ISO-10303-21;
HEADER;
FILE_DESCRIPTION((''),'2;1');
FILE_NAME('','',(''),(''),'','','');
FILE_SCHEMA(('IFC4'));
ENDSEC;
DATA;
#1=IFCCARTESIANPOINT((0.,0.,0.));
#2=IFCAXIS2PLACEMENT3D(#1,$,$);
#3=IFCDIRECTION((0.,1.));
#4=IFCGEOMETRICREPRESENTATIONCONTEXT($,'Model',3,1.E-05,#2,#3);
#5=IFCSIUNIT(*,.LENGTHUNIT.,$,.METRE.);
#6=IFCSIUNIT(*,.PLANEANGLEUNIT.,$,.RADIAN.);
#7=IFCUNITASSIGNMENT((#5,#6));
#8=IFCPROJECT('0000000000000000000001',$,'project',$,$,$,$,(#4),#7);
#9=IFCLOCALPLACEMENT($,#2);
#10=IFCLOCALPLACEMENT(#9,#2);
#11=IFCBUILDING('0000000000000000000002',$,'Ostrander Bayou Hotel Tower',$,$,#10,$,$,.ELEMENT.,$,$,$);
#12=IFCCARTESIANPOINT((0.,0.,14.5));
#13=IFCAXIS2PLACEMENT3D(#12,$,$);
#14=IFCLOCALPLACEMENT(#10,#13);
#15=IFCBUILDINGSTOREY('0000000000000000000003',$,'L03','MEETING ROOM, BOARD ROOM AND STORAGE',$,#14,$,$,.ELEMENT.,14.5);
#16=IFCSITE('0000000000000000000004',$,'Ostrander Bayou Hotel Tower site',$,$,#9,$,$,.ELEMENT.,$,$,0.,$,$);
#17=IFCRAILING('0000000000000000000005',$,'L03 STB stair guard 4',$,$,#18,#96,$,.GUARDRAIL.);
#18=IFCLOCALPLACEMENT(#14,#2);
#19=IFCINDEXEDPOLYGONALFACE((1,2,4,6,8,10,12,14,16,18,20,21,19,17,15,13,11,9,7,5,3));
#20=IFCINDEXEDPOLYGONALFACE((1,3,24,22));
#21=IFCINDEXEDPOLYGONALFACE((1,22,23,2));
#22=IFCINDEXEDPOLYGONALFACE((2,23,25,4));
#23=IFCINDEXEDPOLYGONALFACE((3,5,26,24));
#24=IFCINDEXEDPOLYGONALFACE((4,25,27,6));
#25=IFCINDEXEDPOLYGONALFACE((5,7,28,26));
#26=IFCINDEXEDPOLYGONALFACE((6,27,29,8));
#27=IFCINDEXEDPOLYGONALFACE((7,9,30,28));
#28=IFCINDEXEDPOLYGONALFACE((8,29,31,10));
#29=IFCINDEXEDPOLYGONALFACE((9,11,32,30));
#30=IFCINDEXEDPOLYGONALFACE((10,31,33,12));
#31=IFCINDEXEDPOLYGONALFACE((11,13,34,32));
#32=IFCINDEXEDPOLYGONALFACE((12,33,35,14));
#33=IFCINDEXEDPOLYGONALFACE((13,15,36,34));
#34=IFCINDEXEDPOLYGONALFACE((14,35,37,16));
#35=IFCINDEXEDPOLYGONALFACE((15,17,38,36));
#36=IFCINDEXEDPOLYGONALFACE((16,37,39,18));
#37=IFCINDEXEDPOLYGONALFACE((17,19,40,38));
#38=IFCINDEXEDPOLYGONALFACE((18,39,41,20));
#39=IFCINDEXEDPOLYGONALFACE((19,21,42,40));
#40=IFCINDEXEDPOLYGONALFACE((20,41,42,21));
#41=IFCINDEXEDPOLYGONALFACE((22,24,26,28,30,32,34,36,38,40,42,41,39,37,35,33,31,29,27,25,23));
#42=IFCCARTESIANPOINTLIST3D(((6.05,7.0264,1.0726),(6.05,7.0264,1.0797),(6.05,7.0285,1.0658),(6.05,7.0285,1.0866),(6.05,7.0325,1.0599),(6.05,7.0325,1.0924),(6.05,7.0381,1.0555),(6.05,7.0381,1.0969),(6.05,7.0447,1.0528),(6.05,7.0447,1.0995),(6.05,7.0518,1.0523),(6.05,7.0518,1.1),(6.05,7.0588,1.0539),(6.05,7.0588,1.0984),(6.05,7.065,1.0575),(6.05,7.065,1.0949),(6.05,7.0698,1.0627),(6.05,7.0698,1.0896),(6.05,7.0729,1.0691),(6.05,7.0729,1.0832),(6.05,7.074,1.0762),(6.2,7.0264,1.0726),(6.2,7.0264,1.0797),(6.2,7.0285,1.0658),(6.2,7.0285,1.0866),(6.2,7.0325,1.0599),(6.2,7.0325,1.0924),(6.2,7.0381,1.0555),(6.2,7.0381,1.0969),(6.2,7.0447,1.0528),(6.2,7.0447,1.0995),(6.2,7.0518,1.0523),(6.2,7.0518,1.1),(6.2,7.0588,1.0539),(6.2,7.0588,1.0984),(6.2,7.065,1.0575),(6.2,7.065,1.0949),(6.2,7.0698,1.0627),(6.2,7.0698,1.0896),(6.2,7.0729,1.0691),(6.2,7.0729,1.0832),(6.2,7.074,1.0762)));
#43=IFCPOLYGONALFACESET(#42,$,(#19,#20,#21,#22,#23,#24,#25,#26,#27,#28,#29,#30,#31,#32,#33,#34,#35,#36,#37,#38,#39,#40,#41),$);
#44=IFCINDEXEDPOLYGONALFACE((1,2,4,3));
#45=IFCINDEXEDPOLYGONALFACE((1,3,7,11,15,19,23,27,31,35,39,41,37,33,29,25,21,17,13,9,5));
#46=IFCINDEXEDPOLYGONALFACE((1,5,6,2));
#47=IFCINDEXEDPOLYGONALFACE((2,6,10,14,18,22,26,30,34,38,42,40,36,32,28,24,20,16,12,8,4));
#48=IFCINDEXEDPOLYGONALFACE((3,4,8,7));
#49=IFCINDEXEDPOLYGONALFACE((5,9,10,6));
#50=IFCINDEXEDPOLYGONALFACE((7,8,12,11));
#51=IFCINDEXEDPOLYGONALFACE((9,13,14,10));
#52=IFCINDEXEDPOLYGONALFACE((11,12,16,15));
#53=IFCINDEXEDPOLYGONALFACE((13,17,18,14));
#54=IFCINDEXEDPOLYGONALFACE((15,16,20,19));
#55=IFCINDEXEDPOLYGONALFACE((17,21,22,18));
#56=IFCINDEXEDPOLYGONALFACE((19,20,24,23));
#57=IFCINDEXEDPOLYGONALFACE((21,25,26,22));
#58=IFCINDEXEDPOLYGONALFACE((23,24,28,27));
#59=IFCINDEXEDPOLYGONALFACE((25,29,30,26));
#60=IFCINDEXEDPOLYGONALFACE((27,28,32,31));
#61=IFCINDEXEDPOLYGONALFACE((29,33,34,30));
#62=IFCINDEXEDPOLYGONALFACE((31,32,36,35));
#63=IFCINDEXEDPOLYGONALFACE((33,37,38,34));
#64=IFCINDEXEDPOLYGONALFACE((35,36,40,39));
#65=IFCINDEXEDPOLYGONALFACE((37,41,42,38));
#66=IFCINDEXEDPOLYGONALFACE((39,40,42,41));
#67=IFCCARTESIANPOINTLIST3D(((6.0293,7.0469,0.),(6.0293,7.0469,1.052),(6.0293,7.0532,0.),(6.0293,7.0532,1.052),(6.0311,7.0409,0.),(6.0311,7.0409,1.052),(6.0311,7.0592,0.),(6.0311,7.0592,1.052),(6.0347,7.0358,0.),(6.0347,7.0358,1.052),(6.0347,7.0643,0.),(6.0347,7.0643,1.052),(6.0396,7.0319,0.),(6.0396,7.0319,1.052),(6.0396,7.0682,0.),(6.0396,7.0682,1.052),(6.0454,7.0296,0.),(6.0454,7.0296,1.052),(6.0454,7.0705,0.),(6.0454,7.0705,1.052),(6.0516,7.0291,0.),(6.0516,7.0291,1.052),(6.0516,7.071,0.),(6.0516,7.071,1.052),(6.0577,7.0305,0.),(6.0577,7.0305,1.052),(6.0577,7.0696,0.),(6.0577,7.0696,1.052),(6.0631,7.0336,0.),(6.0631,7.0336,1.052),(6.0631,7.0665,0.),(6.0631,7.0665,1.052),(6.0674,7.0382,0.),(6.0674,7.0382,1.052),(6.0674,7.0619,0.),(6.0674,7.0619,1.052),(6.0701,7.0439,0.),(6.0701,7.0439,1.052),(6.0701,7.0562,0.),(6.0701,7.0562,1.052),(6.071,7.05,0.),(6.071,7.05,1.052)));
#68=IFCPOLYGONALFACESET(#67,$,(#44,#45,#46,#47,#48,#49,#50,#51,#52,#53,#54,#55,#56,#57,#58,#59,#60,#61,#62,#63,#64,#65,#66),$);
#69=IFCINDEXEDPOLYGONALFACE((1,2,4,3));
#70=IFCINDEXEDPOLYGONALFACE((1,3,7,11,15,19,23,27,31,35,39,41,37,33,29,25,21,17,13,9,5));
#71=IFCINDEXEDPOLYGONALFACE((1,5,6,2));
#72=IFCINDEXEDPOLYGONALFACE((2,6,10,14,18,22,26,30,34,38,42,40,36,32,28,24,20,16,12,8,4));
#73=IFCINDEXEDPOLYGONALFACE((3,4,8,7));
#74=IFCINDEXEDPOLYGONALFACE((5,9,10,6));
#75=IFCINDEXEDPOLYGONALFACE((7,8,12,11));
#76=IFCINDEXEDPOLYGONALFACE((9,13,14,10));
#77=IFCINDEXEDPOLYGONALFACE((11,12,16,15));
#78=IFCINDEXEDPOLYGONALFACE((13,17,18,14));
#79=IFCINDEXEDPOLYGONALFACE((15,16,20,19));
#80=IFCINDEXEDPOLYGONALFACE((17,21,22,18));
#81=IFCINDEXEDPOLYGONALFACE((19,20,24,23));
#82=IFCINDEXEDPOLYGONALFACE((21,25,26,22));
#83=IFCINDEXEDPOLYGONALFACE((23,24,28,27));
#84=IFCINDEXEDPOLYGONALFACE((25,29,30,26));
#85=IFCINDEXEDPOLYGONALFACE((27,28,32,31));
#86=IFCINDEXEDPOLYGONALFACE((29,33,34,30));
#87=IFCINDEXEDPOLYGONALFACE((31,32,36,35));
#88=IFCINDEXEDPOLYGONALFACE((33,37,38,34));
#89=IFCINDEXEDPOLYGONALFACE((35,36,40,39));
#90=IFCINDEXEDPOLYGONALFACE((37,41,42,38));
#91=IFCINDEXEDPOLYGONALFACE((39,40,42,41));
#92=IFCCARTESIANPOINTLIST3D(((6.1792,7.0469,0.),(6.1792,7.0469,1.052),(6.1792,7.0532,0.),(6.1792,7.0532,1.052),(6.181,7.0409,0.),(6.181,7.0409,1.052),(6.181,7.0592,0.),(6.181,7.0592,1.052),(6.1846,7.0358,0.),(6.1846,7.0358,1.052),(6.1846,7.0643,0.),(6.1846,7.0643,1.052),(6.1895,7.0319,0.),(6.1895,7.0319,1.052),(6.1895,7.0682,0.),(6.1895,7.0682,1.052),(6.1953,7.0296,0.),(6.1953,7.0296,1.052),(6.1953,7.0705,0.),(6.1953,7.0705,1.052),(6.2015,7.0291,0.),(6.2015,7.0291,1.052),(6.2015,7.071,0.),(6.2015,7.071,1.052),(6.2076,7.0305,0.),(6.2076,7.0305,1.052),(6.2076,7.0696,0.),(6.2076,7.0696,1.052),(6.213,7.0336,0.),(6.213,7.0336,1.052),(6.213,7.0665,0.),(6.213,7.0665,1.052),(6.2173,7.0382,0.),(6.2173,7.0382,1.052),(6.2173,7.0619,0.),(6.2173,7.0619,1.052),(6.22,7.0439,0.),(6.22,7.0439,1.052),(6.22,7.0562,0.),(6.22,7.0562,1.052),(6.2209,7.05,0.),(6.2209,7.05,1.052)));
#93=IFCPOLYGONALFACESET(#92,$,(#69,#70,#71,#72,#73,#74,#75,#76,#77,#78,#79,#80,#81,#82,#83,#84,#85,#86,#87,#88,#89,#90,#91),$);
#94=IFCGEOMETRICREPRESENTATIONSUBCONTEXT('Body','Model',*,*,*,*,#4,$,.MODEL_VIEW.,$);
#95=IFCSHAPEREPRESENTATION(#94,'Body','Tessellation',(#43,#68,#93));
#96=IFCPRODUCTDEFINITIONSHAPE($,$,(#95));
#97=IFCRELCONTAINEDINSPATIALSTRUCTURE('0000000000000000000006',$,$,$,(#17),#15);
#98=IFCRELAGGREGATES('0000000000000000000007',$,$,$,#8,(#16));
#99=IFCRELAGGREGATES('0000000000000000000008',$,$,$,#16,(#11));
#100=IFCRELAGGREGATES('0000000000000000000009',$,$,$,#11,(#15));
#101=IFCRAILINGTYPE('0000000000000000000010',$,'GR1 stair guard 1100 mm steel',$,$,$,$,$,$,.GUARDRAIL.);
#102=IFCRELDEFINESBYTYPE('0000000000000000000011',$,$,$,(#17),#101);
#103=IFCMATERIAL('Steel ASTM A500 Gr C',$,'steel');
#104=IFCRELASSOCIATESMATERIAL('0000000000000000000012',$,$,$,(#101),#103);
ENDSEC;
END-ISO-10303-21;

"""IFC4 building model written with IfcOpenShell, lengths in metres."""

from ifc_helpers import new_model, si_unit, direction, frame, origin, origin_2d, place, context, subcontext, project, spatial, circle, extrude, material, type_object, element, save


model = new_model("IFC4")

# Units and contexts
model_context = context("Model", 3, precision=1e-05, world=origin(), true_north=direction((0.0, 1.0)))
body_context = subcontext(model_context, "Body", "Model", "MODEL_VIEW")
ifc_project = project(units=[si_unit("LENGTHUNIT", "METRE"), si_unit("PLANEANGLEUNIT", "RADIAN")], contexts=[model_context])

# Site, building, storey
site_placement = place(None, origin())
site = spatial("IfcSite", under=ifc_project, at=site_placement, Name="Ostrander Bayou Hotel Tower site", CompositionType="ELEMENT", RefElevation=0.0)
building_placement = place(site_placement, origin())
building = spatial("IfcBuilding", under=site, at=building_placement, Name="Ostrander Bayou Hotel Tower", CompositionType="ELEMENT")
storey_placement = place(building_placement, frame((0.0, 0.0, 14.5)))
storey = spatial("IfcBuildingStorey", under=building, at=storey_placement, Name="L03", Description="MEETING ROOM, BOARD ROOM AND STORAGE", CompositionType="ELEMENT", Elevation=14.5)

# Railing
ifc_material_1 = material(Name="Steel ASTM A500 Gr C", Category="steel")
railing_type_1 = type_object("IfcRailingType", Name="GR1 stair guard 1100 mm steel", PredefinedType="GUARDRAIL", material=ifc_material_1)
railing_1_placement = place(storey_placement, frame((6.05, 7.05, 0.0)))
element("IfcRailing", 1, at=railing_1_placement, inside=storey, type_object=railing_type_1, Name="L03 STB stair guard 4", PredefinedType="GUARDRAIL", context=body_context, shape_type="SweptSolid", body=[
    extrude(circle(Radius=0.0239, at=origin_2d()), frame((0.0, 0.0, 1.0762), z_axis=(1.0, 0.0, 0.0), x_axis=(0.0, 1.0, 0.0)), (0.0, 0.0, 1.0), 0.1499),
    extrude(circle(Radius=0.021, at=origin_2d()), origin(), (0.0, 0.0, 1.0), 1.052),
    extrude(circle(Radius=0.021, at=origin_2d()), frame((0.1499, 0.0, 0.0)), (0.0, 0.0, 1.0), 1.052),
])

save(model, "model.ifc")
